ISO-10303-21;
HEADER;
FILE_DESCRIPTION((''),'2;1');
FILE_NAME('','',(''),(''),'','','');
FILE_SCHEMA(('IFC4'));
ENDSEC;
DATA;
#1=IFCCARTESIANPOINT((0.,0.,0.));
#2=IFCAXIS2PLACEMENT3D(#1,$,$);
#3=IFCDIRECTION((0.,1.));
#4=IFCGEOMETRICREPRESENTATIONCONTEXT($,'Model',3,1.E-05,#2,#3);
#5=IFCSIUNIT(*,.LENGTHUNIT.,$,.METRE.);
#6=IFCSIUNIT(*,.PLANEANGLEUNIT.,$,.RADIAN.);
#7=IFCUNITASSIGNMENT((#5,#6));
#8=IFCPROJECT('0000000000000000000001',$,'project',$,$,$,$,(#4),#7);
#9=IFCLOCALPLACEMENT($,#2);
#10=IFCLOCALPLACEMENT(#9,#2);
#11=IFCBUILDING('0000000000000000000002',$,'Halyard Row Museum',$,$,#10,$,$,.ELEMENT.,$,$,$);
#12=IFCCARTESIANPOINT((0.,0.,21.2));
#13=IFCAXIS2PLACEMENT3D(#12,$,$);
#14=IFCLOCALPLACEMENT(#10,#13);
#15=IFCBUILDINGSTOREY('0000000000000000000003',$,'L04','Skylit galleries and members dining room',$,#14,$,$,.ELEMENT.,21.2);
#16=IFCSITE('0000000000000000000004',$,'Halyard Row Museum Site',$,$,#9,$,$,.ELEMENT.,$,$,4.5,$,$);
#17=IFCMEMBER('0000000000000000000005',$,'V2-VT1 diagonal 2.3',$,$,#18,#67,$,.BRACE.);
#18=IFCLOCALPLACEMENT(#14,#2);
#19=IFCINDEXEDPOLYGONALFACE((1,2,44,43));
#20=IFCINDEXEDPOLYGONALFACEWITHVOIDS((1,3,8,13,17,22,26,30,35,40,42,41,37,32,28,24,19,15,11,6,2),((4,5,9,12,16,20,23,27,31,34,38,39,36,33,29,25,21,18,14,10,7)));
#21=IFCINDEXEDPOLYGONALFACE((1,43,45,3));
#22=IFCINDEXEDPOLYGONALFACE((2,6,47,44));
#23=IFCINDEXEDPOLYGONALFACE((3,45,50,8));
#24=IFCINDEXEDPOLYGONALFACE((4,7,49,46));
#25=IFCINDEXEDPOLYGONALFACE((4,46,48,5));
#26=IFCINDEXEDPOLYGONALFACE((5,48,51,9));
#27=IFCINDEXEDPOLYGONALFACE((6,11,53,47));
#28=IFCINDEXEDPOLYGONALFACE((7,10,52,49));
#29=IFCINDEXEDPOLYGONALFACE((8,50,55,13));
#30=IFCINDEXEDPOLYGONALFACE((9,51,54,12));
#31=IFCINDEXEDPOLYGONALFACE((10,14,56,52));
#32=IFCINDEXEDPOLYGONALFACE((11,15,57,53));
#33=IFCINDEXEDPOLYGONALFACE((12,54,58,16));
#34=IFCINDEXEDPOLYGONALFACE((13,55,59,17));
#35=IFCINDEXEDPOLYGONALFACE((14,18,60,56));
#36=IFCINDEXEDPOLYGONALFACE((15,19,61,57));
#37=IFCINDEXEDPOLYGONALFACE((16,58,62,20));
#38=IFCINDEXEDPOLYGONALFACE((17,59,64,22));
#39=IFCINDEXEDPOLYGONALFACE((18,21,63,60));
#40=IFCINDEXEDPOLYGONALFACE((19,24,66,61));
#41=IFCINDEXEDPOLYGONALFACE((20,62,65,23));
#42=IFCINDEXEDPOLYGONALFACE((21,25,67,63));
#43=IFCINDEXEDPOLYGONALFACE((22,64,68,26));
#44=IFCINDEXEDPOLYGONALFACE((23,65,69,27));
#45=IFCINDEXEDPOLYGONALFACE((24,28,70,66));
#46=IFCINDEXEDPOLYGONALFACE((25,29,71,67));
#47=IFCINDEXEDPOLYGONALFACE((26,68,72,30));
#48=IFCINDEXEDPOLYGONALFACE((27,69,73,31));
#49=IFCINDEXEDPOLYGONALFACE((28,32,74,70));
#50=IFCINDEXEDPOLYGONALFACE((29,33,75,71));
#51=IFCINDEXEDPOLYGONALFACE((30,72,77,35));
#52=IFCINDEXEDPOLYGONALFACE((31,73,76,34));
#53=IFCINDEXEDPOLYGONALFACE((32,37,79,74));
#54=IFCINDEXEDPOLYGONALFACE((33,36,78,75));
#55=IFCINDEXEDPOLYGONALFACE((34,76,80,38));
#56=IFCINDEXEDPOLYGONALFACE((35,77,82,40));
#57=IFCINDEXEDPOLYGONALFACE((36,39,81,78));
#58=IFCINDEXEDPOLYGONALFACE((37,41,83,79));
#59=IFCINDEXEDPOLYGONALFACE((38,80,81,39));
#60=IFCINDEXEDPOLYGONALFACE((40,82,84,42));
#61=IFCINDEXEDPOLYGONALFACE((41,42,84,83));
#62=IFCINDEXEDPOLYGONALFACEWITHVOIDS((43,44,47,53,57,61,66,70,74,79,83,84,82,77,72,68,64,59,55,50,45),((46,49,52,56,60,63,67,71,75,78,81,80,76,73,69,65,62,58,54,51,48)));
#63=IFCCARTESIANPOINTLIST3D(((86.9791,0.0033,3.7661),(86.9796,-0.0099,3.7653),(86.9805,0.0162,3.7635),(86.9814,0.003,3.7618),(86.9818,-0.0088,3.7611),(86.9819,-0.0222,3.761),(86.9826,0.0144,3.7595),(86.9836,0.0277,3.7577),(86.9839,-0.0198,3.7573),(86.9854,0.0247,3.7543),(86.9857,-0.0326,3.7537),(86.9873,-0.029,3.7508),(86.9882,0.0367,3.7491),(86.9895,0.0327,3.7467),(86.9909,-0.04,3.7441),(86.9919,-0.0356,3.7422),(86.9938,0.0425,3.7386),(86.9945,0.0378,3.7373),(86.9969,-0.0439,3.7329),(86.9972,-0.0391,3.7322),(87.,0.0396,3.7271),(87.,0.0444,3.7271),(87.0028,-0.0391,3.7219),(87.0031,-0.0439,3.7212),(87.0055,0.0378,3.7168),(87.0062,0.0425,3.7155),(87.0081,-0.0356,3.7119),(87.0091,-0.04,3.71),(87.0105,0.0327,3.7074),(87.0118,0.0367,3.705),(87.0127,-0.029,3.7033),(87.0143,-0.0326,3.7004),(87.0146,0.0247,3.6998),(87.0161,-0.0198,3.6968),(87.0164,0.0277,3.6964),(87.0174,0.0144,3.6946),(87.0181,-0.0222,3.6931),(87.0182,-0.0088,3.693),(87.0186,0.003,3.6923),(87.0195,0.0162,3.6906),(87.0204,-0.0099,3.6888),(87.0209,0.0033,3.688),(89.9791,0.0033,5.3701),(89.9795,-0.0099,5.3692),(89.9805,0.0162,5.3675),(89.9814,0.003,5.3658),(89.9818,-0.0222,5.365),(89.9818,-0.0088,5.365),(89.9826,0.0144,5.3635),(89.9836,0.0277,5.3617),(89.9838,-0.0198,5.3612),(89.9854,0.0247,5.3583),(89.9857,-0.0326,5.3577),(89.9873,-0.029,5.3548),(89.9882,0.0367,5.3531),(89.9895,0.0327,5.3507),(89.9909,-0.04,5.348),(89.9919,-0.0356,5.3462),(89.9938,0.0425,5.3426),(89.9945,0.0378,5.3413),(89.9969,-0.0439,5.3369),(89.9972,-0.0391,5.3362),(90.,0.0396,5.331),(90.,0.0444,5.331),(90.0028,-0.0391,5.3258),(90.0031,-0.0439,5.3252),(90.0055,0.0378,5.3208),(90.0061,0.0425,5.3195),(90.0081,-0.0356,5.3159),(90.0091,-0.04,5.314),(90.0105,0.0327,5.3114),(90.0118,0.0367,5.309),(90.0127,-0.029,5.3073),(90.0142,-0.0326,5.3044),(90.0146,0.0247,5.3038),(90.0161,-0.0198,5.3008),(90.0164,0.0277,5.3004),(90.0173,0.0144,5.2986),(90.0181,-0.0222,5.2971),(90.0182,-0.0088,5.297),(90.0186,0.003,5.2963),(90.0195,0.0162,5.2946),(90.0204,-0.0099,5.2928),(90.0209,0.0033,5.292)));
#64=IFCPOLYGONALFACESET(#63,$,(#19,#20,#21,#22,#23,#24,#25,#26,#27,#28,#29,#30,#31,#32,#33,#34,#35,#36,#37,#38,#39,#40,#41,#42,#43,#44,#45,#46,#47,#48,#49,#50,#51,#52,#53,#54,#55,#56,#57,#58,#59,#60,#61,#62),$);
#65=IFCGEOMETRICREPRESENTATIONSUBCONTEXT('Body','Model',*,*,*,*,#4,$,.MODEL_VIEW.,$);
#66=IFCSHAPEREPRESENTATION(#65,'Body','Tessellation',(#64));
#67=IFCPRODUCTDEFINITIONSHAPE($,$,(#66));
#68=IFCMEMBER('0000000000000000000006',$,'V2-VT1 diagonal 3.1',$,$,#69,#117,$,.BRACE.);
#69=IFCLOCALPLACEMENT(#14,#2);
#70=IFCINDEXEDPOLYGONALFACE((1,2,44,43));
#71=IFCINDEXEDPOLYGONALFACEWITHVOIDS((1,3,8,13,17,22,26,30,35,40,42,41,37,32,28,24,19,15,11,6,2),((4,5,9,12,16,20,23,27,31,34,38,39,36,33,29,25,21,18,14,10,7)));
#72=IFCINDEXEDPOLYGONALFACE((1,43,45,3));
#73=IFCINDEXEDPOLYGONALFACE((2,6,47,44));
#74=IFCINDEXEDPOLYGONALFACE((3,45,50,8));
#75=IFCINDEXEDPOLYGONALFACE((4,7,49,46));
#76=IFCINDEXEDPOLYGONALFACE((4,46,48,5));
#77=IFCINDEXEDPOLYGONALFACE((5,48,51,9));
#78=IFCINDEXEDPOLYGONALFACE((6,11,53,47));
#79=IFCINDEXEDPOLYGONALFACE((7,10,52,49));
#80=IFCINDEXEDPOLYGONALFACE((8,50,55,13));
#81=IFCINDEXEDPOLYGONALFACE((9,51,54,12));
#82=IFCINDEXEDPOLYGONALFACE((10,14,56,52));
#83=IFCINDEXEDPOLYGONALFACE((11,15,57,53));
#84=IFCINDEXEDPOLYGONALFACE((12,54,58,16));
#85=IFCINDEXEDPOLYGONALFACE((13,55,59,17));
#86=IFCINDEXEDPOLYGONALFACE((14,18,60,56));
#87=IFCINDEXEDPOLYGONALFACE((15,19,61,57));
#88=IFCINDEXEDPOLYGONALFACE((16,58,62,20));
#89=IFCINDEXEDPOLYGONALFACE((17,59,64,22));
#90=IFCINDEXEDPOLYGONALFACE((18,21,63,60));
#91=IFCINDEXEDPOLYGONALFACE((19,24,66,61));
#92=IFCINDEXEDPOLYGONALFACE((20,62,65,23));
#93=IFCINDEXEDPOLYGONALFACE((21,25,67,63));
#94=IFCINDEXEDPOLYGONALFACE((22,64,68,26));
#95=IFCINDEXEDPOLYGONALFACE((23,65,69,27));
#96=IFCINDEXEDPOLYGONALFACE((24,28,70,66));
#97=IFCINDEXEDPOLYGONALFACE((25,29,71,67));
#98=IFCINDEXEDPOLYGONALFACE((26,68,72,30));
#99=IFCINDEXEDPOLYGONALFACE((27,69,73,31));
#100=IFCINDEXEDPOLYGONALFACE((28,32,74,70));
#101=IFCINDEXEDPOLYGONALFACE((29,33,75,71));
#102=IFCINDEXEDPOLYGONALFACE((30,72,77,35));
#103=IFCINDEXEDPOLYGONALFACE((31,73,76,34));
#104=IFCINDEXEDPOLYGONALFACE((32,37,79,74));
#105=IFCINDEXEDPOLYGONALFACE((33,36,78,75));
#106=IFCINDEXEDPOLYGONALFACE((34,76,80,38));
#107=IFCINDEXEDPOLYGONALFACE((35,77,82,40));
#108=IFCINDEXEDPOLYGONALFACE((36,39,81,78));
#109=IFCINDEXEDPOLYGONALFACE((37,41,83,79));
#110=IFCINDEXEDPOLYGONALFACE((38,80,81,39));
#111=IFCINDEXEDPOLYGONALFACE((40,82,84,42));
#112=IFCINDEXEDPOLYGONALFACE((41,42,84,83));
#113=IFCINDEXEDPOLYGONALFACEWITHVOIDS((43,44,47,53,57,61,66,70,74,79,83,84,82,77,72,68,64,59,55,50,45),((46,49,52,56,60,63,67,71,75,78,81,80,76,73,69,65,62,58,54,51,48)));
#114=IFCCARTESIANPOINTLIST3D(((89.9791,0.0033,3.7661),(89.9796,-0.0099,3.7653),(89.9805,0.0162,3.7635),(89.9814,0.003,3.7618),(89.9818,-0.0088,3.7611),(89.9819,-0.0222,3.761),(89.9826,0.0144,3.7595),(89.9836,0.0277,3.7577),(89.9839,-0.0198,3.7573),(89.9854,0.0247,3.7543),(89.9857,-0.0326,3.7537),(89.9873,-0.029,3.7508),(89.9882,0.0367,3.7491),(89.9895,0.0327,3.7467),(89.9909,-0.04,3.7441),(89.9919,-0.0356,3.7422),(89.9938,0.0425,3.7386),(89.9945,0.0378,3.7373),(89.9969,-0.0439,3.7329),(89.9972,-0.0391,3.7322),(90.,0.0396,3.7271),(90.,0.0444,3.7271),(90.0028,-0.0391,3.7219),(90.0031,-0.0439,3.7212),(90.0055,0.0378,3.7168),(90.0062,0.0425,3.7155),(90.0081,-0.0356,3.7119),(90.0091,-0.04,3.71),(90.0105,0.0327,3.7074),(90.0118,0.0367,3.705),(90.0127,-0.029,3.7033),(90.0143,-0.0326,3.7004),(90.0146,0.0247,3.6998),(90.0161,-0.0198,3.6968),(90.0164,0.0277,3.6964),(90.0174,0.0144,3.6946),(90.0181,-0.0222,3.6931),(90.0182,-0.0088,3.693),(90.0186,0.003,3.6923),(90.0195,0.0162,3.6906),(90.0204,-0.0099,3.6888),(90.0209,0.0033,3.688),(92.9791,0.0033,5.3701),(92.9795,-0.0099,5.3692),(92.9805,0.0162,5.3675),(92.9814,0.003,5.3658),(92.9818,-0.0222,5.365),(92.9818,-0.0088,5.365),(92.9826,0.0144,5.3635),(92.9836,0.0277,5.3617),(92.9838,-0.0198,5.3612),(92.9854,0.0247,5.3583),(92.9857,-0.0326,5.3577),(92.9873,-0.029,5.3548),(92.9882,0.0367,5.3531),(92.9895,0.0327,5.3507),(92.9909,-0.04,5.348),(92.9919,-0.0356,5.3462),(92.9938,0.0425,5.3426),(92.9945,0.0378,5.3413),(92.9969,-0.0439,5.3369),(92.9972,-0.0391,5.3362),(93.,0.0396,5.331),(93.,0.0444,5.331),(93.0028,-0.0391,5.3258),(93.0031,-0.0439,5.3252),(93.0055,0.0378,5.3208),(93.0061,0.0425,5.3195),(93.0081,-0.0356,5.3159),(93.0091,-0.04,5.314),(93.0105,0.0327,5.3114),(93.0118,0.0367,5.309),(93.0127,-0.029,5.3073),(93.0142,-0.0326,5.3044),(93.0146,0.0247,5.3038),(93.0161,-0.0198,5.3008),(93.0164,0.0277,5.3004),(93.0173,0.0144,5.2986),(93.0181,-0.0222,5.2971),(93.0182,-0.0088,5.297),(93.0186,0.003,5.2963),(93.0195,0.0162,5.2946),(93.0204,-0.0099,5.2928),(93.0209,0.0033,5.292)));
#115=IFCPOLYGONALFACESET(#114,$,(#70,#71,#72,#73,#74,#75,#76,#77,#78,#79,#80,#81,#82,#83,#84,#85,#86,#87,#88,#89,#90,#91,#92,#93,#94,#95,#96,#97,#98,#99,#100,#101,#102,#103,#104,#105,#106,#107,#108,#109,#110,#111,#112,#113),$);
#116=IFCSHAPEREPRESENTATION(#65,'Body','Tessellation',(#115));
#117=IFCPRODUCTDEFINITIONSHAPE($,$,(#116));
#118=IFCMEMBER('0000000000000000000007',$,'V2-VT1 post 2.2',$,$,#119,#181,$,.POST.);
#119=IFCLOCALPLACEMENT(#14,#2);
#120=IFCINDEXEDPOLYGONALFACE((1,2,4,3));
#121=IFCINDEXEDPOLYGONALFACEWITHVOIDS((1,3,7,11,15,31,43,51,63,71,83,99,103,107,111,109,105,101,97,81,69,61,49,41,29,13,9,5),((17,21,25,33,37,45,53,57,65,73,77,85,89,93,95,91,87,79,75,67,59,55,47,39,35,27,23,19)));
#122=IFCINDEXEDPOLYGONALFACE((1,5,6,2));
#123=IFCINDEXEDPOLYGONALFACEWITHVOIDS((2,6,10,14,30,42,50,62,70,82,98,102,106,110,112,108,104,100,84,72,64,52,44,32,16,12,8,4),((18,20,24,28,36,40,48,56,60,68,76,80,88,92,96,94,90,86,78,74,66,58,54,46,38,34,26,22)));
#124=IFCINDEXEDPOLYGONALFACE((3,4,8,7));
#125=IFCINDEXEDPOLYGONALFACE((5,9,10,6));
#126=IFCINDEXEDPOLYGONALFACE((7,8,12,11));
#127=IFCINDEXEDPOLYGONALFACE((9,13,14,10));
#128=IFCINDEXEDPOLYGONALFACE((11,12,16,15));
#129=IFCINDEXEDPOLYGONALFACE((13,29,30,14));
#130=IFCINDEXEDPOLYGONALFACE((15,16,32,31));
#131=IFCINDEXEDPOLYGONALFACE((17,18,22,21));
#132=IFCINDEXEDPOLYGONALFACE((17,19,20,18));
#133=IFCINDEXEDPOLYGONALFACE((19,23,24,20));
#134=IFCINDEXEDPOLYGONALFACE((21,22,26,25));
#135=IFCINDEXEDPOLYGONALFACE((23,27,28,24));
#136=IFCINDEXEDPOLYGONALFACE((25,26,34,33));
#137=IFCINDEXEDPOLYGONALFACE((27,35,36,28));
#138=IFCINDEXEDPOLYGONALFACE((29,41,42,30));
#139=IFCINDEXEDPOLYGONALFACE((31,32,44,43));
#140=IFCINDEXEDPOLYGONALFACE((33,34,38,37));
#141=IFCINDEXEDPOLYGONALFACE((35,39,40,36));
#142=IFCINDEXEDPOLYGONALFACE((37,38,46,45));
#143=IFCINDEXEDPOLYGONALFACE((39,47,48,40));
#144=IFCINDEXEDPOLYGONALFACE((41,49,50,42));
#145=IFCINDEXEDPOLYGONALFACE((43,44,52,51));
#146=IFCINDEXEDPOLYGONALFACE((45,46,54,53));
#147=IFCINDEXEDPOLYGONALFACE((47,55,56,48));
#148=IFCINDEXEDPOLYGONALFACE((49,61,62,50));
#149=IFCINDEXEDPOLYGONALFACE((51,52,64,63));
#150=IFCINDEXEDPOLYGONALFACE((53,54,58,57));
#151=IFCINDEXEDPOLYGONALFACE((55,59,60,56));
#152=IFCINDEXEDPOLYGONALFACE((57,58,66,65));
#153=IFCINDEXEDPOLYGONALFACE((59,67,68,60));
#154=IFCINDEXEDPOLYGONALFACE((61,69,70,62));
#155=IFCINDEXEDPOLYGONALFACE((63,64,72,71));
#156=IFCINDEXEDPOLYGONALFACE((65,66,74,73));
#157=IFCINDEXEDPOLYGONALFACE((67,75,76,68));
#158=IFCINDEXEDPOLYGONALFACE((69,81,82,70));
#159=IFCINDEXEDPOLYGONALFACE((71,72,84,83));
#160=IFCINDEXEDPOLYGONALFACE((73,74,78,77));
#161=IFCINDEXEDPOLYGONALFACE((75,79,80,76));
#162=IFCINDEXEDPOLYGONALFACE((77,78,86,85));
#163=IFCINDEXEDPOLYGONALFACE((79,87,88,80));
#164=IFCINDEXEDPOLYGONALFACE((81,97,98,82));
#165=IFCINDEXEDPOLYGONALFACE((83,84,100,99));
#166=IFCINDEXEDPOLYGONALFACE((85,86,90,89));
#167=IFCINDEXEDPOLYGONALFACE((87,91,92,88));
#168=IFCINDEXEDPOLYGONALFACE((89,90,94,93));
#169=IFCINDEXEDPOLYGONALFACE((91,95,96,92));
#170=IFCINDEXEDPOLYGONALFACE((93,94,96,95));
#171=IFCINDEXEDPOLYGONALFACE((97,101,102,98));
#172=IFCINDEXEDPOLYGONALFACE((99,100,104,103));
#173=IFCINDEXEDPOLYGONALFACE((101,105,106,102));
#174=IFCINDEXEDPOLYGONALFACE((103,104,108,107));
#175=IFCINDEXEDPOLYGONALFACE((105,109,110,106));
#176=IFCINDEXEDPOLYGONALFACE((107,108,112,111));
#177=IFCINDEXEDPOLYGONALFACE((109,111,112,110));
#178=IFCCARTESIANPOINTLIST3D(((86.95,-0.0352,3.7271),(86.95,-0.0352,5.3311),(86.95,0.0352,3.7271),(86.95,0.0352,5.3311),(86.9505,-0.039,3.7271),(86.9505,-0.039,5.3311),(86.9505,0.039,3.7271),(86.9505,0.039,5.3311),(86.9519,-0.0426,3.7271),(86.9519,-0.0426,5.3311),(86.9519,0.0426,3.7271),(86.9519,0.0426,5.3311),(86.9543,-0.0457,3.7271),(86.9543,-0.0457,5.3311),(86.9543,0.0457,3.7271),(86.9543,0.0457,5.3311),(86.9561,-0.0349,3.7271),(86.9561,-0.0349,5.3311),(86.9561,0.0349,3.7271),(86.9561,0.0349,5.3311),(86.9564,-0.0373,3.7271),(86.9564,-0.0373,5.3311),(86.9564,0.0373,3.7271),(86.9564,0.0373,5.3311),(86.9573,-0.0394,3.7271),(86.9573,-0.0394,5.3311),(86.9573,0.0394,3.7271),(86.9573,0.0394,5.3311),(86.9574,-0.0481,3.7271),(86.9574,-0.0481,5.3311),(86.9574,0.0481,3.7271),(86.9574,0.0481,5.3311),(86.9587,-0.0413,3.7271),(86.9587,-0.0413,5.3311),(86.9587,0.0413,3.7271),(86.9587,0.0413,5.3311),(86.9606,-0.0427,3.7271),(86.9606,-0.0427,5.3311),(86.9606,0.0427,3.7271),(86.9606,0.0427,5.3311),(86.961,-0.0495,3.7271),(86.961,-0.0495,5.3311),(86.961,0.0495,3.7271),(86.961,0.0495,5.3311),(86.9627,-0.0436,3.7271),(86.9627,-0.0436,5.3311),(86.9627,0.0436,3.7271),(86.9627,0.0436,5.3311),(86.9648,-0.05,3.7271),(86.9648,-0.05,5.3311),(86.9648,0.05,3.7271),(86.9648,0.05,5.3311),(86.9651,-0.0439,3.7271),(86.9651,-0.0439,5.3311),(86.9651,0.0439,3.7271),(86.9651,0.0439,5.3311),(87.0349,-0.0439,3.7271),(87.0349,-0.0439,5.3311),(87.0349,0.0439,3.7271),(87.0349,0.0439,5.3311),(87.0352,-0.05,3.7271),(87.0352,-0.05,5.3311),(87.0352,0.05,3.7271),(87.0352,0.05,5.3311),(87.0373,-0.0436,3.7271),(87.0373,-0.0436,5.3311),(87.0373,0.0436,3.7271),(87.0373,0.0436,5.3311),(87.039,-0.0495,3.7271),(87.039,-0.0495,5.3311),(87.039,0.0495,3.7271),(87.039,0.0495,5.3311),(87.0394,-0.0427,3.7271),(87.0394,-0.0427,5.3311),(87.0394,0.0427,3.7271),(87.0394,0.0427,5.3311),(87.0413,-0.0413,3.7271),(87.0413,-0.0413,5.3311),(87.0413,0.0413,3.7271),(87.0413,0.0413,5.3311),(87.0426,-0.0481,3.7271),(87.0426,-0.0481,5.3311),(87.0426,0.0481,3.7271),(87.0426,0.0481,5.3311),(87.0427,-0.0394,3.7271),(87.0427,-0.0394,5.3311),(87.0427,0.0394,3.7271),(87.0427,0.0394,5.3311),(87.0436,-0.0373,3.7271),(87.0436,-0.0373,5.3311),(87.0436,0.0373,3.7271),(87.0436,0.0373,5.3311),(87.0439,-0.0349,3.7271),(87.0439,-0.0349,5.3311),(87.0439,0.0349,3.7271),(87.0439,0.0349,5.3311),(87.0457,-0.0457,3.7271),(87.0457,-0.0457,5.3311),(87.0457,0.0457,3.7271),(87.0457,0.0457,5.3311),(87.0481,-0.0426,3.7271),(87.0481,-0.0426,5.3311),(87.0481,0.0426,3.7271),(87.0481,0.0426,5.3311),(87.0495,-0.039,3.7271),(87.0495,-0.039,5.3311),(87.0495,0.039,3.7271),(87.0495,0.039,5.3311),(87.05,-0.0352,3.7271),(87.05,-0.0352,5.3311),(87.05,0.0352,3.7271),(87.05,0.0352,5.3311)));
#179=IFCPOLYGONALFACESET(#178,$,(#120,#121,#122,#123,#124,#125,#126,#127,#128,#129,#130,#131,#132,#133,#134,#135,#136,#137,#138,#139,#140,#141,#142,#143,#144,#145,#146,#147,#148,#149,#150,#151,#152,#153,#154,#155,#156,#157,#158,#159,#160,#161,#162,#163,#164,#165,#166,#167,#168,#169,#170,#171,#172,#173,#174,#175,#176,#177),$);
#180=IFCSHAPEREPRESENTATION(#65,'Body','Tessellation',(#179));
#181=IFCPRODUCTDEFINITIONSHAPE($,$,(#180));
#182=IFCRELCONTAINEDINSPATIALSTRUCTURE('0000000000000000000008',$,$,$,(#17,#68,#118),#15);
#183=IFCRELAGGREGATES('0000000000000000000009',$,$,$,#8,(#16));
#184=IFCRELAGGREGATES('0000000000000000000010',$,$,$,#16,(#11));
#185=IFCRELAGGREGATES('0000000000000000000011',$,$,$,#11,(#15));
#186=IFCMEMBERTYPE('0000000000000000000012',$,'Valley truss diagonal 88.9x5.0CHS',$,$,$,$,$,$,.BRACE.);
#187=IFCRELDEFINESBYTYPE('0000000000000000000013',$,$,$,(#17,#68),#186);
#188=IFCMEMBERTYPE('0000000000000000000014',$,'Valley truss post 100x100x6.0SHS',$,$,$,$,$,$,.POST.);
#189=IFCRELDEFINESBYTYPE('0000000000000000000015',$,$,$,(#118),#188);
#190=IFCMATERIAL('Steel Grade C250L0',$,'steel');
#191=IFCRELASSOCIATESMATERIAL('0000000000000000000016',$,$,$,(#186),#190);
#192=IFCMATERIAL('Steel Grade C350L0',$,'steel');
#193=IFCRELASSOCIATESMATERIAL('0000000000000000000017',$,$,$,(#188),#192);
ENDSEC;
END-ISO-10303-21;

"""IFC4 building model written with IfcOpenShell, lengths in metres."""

from ifc_helpers import new_model, si_unit, direction, frame, origin, origin_2d, place, context, subcontext, project, spatial, hollow_rectangle, hollow_circle, extrude, material, material_profile, profile_set, type_object, element, save


model = new_model("IFC4")

# Units and contexts
model_context = context("Model", 3, precision=1e-05, world=origin(), true_north=direction((0.0, 1.0)))
body_context = subcontext(model_context, "Body", "Model", "MODEL_VIEW")
ifc_project = project(units=[si_unit("LENGTHUNIT", "METRE"), si_unit("PLANEANGLEUNIT", "RADIAN")], contexts=[model_context])

# Site, building, storey
site_placement = place(None, origin())
site = spatial("IfcSite", under=ifc_project, at=site_placement, Name="Halyard Row Museum Site", CompositionType="ELEMENT", RefElevation=4.5)
building_placement = place(site_placement, origin())
building = spatial("IfcBuilding", under=site, at=building_placement, Name="Halyard Row Museum", CompositionType="ELEMENT")
storey_placement = place(building_placement, frame((0.0, 0.0, 21.2)))
storey = spatial("IfcBuildingStorey", under=building, at=storey_placement, Name="L04", Description="Skylit galleries and members dining room", CompositionType="ELEMENT", Elevation=21.2)

# Members
ifc_material_1 = material(Name="Steel Grade C250L0", Category="steel")
ifc_material_profile_1 = material_profile(ifc_material_1, hollow_circle(Radius=0.0444, WallThickness=0.0049, at=origin_2d()), Name="88.9x5.0CHS")
ifc_profile_set_1 = profile_set([ifc_material_profile_1], Name="Steel Grade C250L0")
member_type_1 = type_object("IfcMemberType", Name="Valley truss diagonal 88.9x5.0CHS", PredefinedType="BRACE", material=ifc_profile_set_1)
for number, where, z_axis, x_axis, name in (
    (1, (87.0, 0.0, 3.7271), (0.881864, 0.0, 0.471504), (0.0, 1.0, 0.0), "V2-VT1 diagonal 2.3"),
    (2, (90.0, 0.0, 3.7271), (0.881864, 0.0, 0.471504), (0.0, 1.0, 0.0), "V2-VT1 diagonal 3.1"),
):
    element("IfcMember", number, at=place(storey_placement, frame(where, z_axis=z_axis, x_axis=x_axis)), inside=storey, type_object=member_type_1, Name=name, PredefinedType="BRACE", context=body_context, shape_type="SweptSolid", body=[
        extrude(hollow_circle(Radius=0.0444, WallThickness=0.0049, at=origin_2d()), origin(), (0.0, 0.0, 1.0), 3.4019),
    ])
ifc_material_2 = material(Name="Steel Grade C350L0", Category="steel")
ifc_material_profile_2 = material_profile(ifc_material_2, hollow_rectangle(XDim=0.1001, YDim=0.1001, WallThickness=0.0061, InnerFilletRadius=0.009, OuterFilletRadius=0.0149, at=origin_2d()), Name="100x100x6.0SHS")
ifc_profile_set_2 = profile_set([ifc_material_profile_2], Name="Steel Grade C350L0")
member_type_2 = type_object("IfcMemberType", Name="Valley truss post 100x100x6.0SHS", PredefinedType="POST", material=ifc_profile_set_2)
member_1_placement = place(storey_placement, frame((87.0, 0.0, 3.7271), z_axis=(0.0, 0.0, 1.0), x_axis=(1.0, 0.0, 0.0)))
element("IfcMember", 3, at=member_1_placement, inside=storey, type_object=member_type_2, Name="V2-VT1 post 2.2", PredefinedType="POST", context=body_context, shape_type="SweptSolid", body=[
    extrude(hollow_rectangle(XDim=0.1001, YDim=0.1001, WallThickness=0.0061, InnerFilletRadius=0.009, OuterFilletRadius=0.0149, at=origin_2d()), origin(), (0.0, 0.0, 1.0), 1.604),
])

save(model, "model.ifc")
